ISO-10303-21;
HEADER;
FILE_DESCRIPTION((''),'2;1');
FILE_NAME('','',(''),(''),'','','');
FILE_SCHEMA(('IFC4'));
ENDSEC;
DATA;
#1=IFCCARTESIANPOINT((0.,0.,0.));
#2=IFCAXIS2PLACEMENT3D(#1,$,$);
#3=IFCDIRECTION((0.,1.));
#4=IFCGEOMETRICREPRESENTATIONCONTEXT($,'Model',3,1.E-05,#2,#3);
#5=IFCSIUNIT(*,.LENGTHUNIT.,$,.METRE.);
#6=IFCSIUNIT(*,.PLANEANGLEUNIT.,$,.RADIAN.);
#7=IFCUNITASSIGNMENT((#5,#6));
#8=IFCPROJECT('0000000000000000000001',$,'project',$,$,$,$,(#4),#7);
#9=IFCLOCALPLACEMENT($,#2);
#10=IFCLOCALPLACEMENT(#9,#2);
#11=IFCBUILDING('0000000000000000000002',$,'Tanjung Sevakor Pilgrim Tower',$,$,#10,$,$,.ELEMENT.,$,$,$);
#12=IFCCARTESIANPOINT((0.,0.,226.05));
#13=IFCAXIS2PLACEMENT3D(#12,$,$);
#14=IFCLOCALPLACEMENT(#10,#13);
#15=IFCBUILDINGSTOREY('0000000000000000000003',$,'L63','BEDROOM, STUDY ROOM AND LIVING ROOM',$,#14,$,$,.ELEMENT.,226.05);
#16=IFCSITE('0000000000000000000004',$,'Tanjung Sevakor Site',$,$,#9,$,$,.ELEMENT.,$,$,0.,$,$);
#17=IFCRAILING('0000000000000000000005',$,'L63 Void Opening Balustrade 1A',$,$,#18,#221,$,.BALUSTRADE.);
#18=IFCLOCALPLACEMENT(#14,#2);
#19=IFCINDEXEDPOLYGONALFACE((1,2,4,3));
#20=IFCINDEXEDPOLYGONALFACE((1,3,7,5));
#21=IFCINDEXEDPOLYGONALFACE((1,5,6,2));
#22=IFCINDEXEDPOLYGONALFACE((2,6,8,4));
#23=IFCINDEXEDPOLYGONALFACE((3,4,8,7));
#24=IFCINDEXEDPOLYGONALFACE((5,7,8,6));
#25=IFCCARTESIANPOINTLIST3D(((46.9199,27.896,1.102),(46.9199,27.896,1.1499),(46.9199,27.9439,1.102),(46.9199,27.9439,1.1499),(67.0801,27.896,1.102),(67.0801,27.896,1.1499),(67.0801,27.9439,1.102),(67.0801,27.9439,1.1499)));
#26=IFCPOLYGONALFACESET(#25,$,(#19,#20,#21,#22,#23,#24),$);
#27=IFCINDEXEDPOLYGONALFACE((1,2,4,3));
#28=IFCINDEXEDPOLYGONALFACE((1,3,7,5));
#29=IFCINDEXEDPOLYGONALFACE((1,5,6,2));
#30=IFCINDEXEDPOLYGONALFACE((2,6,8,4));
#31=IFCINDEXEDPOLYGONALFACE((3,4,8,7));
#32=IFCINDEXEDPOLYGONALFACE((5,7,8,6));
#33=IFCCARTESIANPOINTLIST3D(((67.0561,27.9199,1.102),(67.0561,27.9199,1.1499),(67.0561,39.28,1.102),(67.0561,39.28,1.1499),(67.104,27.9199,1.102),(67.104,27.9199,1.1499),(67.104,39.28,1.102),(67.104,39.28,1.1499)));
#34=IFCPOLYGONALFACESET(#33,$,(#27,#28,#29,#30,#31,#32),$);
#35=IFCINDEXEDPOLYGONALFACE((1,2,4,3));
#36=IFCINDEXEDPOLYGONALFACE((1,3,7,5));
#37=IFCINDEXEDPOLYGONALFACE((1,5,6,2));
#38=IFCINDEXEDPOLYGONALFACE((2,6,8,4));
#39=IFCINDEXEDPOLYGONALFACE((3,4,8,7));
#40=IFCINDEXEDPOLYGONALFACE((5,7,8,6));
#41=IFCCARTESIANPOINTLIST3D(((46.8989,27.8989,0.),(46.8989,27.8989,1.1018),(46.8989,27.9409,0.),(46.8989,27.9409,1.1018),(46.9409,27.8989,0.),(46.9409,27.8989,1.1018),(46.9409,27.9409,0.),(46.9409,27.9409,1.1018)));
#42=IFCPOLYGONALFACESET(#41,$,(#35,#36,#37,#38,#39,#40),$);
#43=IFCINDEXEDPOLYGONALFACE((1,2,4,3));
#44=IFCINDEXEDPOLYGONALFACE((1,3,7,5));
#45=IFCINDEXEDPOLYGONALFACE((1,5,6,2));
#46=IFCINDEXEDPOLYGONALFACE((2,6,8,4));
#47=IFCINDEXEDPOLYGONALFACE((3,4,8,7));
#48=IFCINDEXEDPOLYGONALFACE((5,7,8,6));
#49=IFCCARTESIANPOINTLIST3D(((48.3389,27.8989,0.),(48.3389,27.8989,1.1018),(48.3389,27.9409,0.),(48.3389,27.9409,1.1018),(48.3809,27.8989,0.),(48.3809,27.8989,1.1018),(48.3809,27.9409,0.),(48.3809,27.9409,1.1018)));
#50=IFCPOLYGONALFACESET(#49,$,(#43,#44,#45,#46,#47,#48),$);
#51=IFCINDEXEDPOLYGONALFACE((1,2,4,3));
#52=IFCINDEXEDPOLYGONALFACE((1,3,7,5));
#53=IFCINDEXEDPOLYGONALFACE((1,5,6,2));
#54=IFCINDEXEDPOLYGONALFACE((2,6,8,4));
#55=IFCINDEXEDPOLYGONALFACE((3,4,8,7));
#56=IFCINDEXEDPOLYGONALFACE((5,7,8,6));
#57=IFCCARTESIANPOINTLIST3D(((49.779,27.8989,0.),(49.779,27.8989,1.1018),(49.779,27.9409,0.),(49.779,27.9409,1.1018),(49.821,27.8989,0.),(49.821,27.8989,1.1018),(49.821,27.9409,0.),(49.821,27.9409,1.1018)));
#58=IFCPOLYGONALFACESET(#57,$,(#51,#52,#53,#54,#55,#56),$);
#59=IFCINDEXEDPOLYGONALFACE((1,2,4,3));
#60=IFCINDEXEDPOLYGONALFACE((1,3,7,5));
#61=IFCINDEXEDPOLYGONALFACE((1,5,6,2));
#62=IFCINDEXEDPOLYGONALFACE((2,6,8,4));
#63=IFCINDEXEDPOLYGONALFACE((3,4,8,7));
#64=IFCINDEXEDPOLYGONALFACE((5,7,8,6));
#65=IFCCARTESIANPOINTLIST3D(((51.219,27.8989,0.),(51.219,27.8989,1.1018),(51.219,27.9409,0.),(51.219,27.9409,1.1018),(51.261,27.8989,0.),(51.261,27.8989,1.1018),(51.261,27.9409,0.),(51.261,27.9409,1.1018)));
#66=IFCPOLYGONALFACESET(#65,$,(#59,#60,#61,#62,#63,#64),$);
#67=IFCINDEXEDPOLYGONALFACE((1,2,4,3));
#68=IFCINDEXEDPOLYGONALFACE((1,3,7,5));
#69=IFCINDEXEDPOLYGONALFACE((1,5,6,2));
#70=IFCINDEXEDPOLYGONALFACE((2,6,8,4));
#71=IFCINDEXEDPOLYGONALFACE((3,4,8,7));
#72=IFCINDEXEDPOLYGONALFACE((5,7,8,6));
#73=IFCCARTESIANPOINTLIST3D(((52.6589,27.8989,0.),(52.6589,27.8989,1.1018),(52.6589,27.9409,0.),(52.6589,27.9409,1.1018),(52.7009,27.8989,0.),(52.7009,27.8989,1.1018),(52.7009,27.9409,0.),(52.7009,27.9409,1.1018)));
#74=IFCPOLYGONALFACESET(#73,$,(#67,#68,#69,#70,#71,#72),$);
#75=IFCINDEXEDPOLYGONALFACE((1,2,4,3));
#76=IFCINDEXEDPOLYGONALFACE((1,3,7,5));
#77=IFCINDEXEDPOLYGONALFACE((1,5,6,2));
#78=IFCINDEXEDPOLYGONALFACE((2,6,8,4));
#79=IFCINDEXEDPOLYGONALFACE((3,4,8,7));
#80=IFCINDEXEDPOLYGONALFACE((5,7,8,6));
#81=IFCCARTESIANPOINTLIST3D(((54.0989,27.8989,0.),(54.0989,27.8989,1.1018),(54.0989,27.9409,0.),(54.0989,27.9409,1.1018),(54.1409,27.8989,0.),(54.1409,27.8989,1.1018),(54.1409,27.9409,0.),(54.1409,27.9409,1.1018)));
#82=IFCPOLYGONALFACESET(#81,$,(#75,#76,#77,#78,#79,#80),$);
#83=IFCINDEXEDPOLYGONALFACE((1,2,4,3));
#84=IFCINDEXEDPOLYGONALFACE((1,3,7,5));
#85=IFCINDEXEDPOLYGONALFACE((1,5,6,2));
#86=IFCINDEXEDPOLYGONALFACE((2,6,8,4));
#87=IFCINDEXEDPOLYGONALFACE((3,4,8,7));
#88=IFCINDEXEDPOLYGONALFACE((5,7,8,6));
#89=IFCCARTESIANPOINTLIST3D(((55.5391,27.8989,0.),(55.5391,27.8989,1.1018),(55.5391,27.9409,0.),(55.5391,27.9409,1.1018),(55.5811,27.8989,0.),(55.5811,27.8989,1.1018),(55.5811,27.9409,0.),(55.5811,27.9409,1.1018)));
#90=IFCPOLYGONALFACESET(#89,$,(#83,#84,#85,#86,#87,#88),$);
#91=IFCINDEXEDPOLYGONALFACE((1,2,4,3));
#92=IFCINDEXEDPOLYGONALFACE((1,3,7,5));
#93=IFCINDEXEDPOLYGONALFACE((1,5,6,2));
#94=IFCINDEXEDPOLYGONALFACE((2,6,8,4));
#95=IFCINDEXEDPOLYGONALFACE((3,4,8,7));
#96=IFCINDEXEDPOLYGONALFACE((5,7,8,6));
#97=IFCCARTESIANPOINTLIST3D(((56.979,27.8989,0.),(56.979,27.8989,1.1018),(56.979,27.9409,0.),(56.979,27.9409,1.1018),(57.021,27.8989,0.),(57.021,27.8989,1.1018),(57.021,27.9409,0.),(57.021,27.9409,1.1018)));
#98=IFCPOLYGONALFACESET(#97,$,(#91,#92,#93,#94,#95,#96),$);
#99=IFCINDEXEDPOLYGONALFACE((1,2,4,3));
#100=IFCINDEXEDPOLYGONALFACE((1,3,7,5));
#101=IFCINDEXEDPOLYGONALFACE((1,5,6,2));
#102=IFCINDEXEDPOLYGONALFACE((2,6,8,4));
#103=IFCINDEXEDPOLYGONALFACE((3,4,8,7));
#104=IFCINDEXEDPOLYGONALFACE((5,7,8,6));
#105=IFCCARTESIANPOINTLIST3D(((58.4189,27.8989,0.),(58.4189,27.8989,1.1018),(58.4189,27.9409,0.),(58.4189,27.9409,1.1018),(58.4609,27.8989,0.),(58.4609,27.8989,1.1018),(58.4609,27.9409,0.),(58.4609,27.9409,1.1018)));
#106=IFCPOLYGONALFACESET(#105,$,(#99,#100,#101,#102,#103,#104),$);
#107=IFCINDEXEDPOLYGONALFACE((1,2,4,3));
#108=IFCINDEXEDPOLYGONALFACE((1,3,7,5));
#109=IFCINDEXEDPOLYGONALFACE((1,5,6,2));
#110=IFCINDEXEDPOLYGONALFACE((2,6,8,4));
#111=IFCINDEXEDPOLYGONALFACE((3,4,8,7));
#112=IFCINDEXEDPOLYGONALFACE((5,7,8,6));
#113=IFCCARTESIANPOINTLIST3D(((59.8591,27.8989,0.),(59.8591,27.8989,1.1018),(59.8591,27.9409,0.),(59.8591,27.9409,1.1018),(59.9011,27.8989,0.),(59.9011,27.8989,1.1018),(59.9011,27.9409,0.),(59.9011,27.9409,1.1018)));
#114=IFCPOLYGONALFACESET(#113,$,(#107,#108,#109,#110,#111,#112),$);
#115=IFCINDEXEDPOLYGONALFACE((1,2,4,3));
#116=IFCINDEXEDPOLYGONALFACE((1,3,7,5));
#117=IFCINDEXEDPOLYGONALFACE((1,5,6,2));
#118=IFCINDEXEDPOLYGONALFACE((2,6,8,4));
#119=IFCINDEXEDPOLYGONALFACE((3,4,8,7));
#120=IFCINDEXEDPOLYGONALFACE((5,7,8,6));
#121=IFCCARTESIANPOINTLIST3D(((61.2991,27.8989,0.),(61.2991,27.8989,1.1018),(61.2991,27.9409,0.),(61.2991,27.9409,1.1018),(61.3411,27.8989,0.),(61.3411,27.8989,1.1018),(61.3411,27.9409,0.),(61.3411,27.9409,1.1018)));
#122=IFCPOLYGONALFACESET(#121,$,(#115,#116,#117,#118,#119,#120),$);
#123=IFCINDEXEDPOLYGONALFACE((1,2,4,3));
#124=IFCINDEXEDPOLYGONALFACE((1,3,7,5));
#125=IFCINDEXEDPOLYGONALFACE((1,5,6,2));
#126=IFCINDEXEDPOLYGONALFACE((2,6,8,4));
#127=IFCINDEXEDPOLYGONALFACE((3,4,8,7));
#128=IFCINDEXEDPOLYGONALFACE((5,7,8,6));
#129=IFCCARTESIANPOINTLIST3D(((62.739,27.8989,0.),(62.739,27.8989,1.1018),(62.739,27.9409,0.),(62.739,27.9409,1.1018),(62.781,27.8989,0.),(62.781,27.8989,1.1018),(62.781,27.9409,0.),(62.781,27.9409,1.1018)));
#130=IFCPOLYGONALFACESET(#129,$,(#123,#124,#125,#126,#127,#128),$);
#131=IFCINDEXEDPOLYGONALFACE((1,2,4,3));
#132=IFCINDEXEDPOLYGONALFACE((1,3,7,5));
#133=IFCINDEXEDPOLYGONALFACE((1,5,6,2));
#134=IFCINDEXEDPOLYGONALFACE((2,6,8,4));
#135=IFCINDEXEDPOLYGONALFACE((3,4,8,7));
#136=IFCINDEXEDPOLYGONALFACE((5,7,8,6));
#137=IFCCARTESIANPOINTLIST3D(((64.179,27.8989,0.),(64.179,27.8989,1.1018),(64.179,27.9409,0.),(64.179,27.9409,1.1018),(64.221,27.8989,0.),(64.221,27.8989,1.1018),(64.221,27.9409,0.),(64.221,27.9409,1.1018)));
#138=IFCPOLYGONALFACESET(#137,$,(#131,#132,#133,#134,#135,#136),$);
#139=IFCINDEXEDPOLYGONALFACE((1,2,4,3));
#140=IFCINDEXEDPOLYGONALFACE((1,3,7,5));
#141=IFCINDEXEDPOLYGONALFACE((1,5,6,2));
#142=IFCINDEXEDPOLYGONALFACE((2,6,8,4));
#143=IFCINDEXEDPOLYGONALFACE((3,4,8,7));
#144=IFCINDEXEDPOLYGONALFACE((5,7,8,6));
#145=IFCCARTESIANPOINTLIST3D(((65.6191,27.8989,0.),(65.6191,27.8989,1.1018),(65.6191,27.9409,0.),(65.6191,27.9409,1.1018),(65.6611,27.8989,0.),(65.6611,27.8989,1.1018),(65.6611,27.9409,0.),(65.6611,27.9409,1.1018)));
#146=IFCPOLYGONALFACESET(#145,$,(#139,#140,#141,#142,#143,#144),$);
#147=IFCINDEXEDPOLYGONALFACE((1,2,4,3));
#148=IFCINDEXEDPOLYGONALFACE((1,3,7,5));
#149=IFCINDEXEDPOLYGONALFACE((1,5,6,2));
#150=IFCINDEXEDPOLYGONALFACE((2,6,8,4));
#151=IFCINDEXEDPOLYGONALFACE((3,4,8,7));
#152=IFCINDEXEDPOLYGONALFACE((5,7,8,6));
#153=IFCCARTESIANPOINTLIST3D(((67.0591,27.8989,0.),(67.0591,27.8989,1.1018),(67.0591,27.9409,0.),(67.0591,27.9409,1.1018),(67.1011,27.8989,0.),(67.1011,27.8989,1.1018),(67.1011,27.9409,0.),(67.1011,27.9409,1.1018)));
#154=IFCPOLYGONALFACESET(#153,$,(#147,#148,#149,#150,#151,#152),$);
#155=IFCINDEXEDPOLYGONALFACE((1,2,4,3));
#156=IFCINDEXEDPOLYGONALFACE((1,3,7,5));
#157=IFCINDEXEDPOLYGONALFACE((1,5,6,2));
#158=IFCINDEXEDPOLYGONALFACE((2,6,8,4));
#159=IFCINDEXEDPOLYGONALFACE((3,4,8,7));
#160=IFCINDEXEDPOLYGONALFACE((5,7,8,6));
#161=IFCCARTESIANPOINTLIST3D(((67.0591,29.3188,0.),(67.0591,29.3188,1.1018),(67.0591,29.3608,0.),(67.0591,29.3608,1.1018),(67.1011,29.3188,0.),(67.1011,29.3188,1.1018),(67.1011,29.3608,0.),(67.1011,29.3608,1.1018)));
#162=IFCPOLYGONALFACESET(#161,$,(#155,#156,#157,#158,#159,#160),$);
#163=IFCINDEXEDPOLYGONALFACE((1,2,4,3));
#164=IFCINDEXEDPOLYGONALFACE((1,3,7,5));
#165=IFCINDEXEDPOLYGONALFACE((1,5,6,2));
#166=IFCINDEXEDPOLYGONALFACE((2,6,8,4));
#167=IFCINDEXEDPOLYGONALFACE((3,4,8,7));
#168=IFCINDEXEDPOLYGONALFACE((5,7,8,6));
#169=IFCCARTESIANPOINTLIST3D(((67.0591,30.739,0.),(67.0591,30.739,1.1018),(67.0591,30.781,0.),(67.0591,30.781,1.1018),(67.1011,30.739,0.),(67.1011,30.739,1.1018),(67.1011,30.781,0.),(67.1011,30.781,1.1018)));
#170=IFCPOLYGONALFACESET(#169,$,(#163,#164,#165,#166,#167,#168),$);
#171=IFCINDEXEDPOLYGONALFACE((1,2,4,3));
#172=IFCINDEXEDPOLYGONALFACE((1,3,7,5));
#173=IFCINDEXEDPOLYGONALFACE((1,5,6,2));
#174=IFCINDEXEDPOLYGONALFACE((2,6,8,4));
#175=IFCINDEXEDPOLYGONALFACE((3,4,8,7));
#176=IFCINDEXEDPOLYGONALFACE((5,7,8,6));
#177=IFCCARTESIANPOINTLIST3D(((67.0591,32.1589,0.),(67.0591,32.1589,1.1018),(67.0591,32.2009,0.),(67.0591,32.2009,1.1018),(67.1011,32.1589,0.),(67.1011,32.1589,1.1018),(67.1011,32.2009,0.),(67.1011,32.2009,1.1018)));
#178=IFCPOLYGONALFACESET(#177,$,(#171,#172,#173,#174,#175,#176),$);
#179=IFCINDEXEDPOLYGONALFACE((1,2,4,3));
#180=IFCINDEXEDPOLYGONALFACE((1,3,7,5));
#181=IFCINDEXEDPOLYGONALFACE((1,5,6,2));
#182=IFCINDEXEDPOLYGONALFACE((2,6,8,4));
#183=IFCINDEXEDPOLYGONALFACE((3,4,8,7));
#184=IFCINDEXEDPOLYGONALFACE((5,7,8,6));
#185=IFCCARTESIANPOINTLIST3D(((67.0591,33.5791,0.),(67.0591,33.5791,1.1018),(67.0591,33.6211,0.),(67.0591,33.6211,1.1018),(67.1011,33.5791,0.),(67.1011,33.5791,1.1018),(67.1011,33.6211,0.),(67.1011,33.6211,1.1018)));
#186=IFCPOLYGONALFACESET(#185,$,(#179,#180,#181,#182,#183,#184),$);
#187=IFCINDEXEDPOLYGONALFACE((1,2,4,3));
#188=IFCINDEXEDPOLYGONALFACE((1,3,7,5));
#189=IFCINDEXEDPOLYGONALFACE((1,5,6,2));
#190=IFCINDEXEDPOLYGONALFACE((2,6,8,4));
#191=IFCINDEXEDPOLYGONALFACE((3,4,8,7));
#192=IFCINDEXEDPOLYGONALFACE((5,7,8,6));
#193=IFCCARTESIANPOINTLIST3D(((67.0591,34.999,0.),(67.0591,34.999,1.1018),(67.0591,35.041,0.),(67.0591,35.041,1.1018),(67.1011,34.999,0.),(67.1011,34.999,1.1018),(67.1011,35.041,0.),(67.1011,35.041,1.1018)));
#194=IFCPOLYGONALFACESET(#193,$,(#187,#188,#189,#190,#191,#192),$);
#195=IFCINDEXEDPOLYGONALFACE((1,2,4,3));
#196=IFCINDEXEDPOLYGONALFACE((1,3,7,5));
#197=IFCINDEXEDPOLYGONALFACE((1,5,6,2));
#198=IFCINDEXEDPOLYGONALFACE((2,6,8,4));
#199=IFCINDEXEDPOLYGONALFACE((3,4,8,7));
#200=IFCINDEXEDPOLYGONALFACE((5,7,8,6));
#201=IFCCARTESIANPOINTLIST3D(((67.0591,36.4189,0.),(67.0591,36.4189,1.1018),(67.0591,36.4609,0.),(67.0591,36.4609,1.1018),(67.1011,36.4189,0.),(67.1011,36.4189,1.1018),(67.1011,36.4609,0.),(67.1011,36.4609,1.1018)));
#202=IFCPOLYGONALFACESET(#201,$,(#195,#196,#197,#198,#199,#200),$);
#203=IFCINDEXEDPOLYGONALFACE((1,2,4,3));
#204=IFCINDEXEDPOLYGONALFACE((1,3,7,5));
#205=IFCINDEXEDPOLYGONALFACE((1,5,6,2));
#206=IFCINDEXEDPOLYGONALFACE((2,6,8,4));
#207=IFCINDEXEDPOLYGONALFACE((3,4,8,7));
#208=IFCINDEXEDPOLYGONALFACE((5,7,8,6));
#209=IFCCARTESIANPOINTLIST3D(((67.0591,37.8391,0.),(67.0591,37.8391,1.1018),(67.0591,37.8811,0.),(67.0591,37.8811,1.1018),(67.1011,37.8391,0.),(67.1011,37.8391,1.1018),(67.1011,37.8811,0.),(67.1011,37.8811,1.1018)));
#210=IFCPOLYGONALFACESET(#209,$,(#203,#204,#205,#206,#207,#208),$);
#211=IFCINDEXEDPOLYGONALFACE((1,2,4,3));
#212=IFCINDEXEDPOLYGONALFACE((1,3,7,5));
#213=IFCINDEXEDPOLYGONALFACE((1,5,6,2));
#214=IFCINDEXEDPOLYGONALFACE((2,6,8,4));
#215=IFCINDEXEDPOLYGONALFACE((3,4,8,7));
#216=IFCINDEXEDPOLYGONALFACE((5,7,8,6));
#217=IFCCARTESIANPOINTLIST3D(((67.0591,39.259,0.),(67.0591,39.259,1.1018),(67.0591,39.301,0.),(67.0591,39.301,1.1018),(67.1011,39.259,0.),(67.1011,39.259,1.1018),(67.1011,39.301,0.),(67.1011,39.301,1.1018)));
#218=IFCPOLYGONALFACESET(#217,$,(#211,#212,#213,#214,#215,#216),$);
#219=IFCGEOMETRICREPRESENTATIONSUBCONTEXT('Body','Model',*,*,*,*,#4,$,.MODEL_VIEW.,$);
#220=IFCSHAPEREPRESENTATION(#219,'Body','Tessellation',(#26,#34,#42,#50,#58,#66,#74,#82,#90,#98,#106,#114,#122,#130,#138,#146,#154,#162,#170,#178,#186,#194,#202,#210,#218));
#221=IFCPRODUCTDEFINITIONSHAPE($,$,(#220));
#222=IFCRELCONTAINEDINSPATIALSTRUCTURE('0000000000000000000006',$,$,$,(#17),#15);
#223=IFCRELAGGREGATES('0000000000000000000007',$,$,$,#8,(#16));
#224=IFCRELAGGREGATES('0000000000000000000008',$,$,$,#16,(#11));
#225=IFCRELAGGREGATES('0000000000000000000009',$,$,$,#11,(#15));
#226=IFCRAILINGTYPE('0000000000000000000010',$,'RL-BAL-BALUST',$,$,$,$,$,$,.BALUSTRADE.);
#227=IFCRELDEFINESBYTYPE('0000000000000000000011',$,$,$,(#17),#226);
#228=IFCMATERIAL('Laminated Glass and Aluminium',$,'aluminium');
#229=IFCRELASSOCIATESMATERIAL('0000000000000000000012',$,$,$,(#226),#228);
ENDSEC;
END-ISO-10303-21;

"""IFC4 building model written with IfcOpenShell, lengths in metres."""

from ifc_helpers import new_model, si_unit, direction, frame, origin, place, context, subcontext, project, spatial, rectangle, extrude, material, type_object, element, save


model = new_model("IFC4")

# Units and contexts
model_context = context("Model", 3, precision=1e-05, world=origin(), true_north=direction((0.0, 1.0)))
body_context = subcontext(model_context, "Body", "Model", "MODEL_VIEW")
ifc_project = project(units=[si_unit("LENGTHUNIT", "METRE"), si_unit("PLANEANGLEUNIT", "RADIAN")], contexts=[model_context])

# Site, building, storey
site_placement = place(None, origin())
site = spatial("IfcSite", under=ifc_project, at=site_placement, Name="Tanjung Sevakor Site", CompositionType="ELEMENT", RefElevation=0.0)
building_placement = place(site_placement, origin())
building = spatial("IfcBuilding", under=site, at=building_placement, Name="Tanjung Sevakor Pilgrim Tower", CompositionType="ELEMENT")
storey_placement = place(building_placement, frame((0.0, 0.0, 226.05)))
storey = spatial("IfcBuildingStorey", under=building, at=storey_placement, Name="L63", Description="BEDROOM, STUDY ROOM AND LIVING ROOM", CompositionType="ELEMENT", Elevation=226.05)

# Railing
ifc_material_1 = material(Name="Laminated Glass and Aluminium", Category="aluminium")
railing_type = type_object("IfcRailingType", Name="RL-BAL-BALUST", PredefinedType="BALUSTRADE", material=ifc_material_1)
railing_placement = place(storey_placement, frame((46.9199, 27.9199, 0.0)))
element("IfcRailing", 1, at=railing_placement, inside=storey, type_object=railing_type, Name="L63 Void Opening Balustrade 1A", PredefinedType="BALUSTRADE", context=body_context, shape_type="SweptSolid", body=[
    extrude(rectangle(XDim=0.0479, YDim=0.0479), frame((0.0, 0.0, 1.126), z_axis=(1.0, 0.0, 0.0), x_axis=(0.0, 1.0, 0.0)), (0.0, 0.0, 1.0), 20.1602),
    extrude(rectangle(XDim=0.0479, YDim=0.0479), frame((20.1602, 0.0, 1.126), z_axis=(0.0, 1.0, 0.0), x_axis=(-1.0, 0.0, 0.0)), (0.0, 0.0, 1.0), 11.3601),
    extrude(rectangle(XDim=0.042, YDim=0.042), origin(), (0.0, 0.0, 1.0), 1.1018),
    extrude(rectangle(XDim=0.042, YDim=0.042), frame((1.4399, 0.0, 0.0)), (0.0, 0.0, 1.0), 1.1018),
    extrude(rectangle(XDim=0.042, YDim=0.042), frame((2.8801, 0.0, 0.0)), (0.0, 0.0, 1.0), 1.1018),
    extrude(rectangle(XDim=0.042, YDim=0.042), frame((4.3201, 0.0, 0.0)), (0.0, 0.0, 1.0), 1.1018),
    extrude(rectangle(XDim=0.042, YDim=0.042), frame((5.76, 0.0, 0.0)), (0.0, 0.0, 1.0), 1.1018),
    extrude(rectangle(XDim=0.042, YDim=0.042), frame((7.2, 0.0, 0.0)), (0.0, 0.0, 1.0), 1.1018),
    extrude(rectangle(XDim=0.042, YDim=0.042), frame((8.6401, 0.0, 0.0)), (0.0, 0.0, 1.0), 1.1018),
    extrude(rectangle(XDim=0.042, YDim=0.042), frame((10.0801, 0.0, 0.0)), (0.0, 0.0, 1.0), 1.1018),
    extrude(rectangle(XDim=0.042, YDim=0.042), frame((11.52, 0.0, 0.0)), (0.0, 0.0, 1.0), 1.1018),
    extrude(rectangle(XDim=0.042, YDim=0.042), frame((12.9602, 0.0, 0.0)), (0.0, 0.0, 1.0), 1.1018),
    extrude(rectangle(XDim=0.042, YDim=0.042), frame((14.4001, 0.0, 0.0)), (0.0, 0.0, 1.0), 1.1018),
    extrude(rectangle(XDim=0.042, YDim=0.042), frame((15.8401, 0.0, 0.0)), (0.0, 0.0, 1.0), 1.1018),
    extrude(rectangle(XDim=0.042, YDim=0.042), frame((17.28, 0.0, 0.0)), (0.0, 0.0, 1.0), 1.1018),
    extrude(rectangle(XDim=0.042, YDim=0.042), frame((18.7202, 0.0, 0.0)), (0.0, 0.0, 1.0), 1.1018),
    extrude(rectangle(XDim=0.042, YDim=0.042), frame((20.1602, 0.0, 0.0)), (0.0, 0.0, 1.0), 1.1018),
    extrude(rectangle(XDim=0.042, YDim=0.042), frame((20.1602, 1.4199, 0.0)), (0.0, 0.0, 1.0), 1.1018),
    extrude(rectangle(XDim=0.042, YDim=0.042), frame((20.1602, 2.8401, 0.0)), (0.0, 0.0, 1.0), 1.1018),
    extrude(rectangle(XDim=0.042, YDim=0.042), frame((20.1602, 4.26, 0.0)), (0.0, 0.0, 1.0), 1.1018),
    extrude(rectangle(XDim=0.042, YDim=0.042), frame((20.1602, 5.6802, 0.0)), (0.0, 0.0, 1.0), 1.1018),
    extrude(rectangle(XDim=0.042, YDim=0.042), frame((20.1602, 7.1001, 0.0)), (0.0, 0.0, 1.0), 1.1018),
    extrude(rectangle(XDim=0.042, YDim=0.042), frame((20.1602, 8.52, 0.0)), (0.0, 0.0, 1.0), 1.1018),
    extrude(rectangle(XDim=0.042, YDim=0.042), frame((20.1602, 9.9402, 0.0)), (0.0, 0.0, 1.0), 1.1018),
    extrude(rectangle(XDim=0.042, YDim=0.042), frame((20.1602, 11.3601, 0.0)), (0.0, 0.0, 1.0), 1.1018),
])

save(model, "model.ifc")
